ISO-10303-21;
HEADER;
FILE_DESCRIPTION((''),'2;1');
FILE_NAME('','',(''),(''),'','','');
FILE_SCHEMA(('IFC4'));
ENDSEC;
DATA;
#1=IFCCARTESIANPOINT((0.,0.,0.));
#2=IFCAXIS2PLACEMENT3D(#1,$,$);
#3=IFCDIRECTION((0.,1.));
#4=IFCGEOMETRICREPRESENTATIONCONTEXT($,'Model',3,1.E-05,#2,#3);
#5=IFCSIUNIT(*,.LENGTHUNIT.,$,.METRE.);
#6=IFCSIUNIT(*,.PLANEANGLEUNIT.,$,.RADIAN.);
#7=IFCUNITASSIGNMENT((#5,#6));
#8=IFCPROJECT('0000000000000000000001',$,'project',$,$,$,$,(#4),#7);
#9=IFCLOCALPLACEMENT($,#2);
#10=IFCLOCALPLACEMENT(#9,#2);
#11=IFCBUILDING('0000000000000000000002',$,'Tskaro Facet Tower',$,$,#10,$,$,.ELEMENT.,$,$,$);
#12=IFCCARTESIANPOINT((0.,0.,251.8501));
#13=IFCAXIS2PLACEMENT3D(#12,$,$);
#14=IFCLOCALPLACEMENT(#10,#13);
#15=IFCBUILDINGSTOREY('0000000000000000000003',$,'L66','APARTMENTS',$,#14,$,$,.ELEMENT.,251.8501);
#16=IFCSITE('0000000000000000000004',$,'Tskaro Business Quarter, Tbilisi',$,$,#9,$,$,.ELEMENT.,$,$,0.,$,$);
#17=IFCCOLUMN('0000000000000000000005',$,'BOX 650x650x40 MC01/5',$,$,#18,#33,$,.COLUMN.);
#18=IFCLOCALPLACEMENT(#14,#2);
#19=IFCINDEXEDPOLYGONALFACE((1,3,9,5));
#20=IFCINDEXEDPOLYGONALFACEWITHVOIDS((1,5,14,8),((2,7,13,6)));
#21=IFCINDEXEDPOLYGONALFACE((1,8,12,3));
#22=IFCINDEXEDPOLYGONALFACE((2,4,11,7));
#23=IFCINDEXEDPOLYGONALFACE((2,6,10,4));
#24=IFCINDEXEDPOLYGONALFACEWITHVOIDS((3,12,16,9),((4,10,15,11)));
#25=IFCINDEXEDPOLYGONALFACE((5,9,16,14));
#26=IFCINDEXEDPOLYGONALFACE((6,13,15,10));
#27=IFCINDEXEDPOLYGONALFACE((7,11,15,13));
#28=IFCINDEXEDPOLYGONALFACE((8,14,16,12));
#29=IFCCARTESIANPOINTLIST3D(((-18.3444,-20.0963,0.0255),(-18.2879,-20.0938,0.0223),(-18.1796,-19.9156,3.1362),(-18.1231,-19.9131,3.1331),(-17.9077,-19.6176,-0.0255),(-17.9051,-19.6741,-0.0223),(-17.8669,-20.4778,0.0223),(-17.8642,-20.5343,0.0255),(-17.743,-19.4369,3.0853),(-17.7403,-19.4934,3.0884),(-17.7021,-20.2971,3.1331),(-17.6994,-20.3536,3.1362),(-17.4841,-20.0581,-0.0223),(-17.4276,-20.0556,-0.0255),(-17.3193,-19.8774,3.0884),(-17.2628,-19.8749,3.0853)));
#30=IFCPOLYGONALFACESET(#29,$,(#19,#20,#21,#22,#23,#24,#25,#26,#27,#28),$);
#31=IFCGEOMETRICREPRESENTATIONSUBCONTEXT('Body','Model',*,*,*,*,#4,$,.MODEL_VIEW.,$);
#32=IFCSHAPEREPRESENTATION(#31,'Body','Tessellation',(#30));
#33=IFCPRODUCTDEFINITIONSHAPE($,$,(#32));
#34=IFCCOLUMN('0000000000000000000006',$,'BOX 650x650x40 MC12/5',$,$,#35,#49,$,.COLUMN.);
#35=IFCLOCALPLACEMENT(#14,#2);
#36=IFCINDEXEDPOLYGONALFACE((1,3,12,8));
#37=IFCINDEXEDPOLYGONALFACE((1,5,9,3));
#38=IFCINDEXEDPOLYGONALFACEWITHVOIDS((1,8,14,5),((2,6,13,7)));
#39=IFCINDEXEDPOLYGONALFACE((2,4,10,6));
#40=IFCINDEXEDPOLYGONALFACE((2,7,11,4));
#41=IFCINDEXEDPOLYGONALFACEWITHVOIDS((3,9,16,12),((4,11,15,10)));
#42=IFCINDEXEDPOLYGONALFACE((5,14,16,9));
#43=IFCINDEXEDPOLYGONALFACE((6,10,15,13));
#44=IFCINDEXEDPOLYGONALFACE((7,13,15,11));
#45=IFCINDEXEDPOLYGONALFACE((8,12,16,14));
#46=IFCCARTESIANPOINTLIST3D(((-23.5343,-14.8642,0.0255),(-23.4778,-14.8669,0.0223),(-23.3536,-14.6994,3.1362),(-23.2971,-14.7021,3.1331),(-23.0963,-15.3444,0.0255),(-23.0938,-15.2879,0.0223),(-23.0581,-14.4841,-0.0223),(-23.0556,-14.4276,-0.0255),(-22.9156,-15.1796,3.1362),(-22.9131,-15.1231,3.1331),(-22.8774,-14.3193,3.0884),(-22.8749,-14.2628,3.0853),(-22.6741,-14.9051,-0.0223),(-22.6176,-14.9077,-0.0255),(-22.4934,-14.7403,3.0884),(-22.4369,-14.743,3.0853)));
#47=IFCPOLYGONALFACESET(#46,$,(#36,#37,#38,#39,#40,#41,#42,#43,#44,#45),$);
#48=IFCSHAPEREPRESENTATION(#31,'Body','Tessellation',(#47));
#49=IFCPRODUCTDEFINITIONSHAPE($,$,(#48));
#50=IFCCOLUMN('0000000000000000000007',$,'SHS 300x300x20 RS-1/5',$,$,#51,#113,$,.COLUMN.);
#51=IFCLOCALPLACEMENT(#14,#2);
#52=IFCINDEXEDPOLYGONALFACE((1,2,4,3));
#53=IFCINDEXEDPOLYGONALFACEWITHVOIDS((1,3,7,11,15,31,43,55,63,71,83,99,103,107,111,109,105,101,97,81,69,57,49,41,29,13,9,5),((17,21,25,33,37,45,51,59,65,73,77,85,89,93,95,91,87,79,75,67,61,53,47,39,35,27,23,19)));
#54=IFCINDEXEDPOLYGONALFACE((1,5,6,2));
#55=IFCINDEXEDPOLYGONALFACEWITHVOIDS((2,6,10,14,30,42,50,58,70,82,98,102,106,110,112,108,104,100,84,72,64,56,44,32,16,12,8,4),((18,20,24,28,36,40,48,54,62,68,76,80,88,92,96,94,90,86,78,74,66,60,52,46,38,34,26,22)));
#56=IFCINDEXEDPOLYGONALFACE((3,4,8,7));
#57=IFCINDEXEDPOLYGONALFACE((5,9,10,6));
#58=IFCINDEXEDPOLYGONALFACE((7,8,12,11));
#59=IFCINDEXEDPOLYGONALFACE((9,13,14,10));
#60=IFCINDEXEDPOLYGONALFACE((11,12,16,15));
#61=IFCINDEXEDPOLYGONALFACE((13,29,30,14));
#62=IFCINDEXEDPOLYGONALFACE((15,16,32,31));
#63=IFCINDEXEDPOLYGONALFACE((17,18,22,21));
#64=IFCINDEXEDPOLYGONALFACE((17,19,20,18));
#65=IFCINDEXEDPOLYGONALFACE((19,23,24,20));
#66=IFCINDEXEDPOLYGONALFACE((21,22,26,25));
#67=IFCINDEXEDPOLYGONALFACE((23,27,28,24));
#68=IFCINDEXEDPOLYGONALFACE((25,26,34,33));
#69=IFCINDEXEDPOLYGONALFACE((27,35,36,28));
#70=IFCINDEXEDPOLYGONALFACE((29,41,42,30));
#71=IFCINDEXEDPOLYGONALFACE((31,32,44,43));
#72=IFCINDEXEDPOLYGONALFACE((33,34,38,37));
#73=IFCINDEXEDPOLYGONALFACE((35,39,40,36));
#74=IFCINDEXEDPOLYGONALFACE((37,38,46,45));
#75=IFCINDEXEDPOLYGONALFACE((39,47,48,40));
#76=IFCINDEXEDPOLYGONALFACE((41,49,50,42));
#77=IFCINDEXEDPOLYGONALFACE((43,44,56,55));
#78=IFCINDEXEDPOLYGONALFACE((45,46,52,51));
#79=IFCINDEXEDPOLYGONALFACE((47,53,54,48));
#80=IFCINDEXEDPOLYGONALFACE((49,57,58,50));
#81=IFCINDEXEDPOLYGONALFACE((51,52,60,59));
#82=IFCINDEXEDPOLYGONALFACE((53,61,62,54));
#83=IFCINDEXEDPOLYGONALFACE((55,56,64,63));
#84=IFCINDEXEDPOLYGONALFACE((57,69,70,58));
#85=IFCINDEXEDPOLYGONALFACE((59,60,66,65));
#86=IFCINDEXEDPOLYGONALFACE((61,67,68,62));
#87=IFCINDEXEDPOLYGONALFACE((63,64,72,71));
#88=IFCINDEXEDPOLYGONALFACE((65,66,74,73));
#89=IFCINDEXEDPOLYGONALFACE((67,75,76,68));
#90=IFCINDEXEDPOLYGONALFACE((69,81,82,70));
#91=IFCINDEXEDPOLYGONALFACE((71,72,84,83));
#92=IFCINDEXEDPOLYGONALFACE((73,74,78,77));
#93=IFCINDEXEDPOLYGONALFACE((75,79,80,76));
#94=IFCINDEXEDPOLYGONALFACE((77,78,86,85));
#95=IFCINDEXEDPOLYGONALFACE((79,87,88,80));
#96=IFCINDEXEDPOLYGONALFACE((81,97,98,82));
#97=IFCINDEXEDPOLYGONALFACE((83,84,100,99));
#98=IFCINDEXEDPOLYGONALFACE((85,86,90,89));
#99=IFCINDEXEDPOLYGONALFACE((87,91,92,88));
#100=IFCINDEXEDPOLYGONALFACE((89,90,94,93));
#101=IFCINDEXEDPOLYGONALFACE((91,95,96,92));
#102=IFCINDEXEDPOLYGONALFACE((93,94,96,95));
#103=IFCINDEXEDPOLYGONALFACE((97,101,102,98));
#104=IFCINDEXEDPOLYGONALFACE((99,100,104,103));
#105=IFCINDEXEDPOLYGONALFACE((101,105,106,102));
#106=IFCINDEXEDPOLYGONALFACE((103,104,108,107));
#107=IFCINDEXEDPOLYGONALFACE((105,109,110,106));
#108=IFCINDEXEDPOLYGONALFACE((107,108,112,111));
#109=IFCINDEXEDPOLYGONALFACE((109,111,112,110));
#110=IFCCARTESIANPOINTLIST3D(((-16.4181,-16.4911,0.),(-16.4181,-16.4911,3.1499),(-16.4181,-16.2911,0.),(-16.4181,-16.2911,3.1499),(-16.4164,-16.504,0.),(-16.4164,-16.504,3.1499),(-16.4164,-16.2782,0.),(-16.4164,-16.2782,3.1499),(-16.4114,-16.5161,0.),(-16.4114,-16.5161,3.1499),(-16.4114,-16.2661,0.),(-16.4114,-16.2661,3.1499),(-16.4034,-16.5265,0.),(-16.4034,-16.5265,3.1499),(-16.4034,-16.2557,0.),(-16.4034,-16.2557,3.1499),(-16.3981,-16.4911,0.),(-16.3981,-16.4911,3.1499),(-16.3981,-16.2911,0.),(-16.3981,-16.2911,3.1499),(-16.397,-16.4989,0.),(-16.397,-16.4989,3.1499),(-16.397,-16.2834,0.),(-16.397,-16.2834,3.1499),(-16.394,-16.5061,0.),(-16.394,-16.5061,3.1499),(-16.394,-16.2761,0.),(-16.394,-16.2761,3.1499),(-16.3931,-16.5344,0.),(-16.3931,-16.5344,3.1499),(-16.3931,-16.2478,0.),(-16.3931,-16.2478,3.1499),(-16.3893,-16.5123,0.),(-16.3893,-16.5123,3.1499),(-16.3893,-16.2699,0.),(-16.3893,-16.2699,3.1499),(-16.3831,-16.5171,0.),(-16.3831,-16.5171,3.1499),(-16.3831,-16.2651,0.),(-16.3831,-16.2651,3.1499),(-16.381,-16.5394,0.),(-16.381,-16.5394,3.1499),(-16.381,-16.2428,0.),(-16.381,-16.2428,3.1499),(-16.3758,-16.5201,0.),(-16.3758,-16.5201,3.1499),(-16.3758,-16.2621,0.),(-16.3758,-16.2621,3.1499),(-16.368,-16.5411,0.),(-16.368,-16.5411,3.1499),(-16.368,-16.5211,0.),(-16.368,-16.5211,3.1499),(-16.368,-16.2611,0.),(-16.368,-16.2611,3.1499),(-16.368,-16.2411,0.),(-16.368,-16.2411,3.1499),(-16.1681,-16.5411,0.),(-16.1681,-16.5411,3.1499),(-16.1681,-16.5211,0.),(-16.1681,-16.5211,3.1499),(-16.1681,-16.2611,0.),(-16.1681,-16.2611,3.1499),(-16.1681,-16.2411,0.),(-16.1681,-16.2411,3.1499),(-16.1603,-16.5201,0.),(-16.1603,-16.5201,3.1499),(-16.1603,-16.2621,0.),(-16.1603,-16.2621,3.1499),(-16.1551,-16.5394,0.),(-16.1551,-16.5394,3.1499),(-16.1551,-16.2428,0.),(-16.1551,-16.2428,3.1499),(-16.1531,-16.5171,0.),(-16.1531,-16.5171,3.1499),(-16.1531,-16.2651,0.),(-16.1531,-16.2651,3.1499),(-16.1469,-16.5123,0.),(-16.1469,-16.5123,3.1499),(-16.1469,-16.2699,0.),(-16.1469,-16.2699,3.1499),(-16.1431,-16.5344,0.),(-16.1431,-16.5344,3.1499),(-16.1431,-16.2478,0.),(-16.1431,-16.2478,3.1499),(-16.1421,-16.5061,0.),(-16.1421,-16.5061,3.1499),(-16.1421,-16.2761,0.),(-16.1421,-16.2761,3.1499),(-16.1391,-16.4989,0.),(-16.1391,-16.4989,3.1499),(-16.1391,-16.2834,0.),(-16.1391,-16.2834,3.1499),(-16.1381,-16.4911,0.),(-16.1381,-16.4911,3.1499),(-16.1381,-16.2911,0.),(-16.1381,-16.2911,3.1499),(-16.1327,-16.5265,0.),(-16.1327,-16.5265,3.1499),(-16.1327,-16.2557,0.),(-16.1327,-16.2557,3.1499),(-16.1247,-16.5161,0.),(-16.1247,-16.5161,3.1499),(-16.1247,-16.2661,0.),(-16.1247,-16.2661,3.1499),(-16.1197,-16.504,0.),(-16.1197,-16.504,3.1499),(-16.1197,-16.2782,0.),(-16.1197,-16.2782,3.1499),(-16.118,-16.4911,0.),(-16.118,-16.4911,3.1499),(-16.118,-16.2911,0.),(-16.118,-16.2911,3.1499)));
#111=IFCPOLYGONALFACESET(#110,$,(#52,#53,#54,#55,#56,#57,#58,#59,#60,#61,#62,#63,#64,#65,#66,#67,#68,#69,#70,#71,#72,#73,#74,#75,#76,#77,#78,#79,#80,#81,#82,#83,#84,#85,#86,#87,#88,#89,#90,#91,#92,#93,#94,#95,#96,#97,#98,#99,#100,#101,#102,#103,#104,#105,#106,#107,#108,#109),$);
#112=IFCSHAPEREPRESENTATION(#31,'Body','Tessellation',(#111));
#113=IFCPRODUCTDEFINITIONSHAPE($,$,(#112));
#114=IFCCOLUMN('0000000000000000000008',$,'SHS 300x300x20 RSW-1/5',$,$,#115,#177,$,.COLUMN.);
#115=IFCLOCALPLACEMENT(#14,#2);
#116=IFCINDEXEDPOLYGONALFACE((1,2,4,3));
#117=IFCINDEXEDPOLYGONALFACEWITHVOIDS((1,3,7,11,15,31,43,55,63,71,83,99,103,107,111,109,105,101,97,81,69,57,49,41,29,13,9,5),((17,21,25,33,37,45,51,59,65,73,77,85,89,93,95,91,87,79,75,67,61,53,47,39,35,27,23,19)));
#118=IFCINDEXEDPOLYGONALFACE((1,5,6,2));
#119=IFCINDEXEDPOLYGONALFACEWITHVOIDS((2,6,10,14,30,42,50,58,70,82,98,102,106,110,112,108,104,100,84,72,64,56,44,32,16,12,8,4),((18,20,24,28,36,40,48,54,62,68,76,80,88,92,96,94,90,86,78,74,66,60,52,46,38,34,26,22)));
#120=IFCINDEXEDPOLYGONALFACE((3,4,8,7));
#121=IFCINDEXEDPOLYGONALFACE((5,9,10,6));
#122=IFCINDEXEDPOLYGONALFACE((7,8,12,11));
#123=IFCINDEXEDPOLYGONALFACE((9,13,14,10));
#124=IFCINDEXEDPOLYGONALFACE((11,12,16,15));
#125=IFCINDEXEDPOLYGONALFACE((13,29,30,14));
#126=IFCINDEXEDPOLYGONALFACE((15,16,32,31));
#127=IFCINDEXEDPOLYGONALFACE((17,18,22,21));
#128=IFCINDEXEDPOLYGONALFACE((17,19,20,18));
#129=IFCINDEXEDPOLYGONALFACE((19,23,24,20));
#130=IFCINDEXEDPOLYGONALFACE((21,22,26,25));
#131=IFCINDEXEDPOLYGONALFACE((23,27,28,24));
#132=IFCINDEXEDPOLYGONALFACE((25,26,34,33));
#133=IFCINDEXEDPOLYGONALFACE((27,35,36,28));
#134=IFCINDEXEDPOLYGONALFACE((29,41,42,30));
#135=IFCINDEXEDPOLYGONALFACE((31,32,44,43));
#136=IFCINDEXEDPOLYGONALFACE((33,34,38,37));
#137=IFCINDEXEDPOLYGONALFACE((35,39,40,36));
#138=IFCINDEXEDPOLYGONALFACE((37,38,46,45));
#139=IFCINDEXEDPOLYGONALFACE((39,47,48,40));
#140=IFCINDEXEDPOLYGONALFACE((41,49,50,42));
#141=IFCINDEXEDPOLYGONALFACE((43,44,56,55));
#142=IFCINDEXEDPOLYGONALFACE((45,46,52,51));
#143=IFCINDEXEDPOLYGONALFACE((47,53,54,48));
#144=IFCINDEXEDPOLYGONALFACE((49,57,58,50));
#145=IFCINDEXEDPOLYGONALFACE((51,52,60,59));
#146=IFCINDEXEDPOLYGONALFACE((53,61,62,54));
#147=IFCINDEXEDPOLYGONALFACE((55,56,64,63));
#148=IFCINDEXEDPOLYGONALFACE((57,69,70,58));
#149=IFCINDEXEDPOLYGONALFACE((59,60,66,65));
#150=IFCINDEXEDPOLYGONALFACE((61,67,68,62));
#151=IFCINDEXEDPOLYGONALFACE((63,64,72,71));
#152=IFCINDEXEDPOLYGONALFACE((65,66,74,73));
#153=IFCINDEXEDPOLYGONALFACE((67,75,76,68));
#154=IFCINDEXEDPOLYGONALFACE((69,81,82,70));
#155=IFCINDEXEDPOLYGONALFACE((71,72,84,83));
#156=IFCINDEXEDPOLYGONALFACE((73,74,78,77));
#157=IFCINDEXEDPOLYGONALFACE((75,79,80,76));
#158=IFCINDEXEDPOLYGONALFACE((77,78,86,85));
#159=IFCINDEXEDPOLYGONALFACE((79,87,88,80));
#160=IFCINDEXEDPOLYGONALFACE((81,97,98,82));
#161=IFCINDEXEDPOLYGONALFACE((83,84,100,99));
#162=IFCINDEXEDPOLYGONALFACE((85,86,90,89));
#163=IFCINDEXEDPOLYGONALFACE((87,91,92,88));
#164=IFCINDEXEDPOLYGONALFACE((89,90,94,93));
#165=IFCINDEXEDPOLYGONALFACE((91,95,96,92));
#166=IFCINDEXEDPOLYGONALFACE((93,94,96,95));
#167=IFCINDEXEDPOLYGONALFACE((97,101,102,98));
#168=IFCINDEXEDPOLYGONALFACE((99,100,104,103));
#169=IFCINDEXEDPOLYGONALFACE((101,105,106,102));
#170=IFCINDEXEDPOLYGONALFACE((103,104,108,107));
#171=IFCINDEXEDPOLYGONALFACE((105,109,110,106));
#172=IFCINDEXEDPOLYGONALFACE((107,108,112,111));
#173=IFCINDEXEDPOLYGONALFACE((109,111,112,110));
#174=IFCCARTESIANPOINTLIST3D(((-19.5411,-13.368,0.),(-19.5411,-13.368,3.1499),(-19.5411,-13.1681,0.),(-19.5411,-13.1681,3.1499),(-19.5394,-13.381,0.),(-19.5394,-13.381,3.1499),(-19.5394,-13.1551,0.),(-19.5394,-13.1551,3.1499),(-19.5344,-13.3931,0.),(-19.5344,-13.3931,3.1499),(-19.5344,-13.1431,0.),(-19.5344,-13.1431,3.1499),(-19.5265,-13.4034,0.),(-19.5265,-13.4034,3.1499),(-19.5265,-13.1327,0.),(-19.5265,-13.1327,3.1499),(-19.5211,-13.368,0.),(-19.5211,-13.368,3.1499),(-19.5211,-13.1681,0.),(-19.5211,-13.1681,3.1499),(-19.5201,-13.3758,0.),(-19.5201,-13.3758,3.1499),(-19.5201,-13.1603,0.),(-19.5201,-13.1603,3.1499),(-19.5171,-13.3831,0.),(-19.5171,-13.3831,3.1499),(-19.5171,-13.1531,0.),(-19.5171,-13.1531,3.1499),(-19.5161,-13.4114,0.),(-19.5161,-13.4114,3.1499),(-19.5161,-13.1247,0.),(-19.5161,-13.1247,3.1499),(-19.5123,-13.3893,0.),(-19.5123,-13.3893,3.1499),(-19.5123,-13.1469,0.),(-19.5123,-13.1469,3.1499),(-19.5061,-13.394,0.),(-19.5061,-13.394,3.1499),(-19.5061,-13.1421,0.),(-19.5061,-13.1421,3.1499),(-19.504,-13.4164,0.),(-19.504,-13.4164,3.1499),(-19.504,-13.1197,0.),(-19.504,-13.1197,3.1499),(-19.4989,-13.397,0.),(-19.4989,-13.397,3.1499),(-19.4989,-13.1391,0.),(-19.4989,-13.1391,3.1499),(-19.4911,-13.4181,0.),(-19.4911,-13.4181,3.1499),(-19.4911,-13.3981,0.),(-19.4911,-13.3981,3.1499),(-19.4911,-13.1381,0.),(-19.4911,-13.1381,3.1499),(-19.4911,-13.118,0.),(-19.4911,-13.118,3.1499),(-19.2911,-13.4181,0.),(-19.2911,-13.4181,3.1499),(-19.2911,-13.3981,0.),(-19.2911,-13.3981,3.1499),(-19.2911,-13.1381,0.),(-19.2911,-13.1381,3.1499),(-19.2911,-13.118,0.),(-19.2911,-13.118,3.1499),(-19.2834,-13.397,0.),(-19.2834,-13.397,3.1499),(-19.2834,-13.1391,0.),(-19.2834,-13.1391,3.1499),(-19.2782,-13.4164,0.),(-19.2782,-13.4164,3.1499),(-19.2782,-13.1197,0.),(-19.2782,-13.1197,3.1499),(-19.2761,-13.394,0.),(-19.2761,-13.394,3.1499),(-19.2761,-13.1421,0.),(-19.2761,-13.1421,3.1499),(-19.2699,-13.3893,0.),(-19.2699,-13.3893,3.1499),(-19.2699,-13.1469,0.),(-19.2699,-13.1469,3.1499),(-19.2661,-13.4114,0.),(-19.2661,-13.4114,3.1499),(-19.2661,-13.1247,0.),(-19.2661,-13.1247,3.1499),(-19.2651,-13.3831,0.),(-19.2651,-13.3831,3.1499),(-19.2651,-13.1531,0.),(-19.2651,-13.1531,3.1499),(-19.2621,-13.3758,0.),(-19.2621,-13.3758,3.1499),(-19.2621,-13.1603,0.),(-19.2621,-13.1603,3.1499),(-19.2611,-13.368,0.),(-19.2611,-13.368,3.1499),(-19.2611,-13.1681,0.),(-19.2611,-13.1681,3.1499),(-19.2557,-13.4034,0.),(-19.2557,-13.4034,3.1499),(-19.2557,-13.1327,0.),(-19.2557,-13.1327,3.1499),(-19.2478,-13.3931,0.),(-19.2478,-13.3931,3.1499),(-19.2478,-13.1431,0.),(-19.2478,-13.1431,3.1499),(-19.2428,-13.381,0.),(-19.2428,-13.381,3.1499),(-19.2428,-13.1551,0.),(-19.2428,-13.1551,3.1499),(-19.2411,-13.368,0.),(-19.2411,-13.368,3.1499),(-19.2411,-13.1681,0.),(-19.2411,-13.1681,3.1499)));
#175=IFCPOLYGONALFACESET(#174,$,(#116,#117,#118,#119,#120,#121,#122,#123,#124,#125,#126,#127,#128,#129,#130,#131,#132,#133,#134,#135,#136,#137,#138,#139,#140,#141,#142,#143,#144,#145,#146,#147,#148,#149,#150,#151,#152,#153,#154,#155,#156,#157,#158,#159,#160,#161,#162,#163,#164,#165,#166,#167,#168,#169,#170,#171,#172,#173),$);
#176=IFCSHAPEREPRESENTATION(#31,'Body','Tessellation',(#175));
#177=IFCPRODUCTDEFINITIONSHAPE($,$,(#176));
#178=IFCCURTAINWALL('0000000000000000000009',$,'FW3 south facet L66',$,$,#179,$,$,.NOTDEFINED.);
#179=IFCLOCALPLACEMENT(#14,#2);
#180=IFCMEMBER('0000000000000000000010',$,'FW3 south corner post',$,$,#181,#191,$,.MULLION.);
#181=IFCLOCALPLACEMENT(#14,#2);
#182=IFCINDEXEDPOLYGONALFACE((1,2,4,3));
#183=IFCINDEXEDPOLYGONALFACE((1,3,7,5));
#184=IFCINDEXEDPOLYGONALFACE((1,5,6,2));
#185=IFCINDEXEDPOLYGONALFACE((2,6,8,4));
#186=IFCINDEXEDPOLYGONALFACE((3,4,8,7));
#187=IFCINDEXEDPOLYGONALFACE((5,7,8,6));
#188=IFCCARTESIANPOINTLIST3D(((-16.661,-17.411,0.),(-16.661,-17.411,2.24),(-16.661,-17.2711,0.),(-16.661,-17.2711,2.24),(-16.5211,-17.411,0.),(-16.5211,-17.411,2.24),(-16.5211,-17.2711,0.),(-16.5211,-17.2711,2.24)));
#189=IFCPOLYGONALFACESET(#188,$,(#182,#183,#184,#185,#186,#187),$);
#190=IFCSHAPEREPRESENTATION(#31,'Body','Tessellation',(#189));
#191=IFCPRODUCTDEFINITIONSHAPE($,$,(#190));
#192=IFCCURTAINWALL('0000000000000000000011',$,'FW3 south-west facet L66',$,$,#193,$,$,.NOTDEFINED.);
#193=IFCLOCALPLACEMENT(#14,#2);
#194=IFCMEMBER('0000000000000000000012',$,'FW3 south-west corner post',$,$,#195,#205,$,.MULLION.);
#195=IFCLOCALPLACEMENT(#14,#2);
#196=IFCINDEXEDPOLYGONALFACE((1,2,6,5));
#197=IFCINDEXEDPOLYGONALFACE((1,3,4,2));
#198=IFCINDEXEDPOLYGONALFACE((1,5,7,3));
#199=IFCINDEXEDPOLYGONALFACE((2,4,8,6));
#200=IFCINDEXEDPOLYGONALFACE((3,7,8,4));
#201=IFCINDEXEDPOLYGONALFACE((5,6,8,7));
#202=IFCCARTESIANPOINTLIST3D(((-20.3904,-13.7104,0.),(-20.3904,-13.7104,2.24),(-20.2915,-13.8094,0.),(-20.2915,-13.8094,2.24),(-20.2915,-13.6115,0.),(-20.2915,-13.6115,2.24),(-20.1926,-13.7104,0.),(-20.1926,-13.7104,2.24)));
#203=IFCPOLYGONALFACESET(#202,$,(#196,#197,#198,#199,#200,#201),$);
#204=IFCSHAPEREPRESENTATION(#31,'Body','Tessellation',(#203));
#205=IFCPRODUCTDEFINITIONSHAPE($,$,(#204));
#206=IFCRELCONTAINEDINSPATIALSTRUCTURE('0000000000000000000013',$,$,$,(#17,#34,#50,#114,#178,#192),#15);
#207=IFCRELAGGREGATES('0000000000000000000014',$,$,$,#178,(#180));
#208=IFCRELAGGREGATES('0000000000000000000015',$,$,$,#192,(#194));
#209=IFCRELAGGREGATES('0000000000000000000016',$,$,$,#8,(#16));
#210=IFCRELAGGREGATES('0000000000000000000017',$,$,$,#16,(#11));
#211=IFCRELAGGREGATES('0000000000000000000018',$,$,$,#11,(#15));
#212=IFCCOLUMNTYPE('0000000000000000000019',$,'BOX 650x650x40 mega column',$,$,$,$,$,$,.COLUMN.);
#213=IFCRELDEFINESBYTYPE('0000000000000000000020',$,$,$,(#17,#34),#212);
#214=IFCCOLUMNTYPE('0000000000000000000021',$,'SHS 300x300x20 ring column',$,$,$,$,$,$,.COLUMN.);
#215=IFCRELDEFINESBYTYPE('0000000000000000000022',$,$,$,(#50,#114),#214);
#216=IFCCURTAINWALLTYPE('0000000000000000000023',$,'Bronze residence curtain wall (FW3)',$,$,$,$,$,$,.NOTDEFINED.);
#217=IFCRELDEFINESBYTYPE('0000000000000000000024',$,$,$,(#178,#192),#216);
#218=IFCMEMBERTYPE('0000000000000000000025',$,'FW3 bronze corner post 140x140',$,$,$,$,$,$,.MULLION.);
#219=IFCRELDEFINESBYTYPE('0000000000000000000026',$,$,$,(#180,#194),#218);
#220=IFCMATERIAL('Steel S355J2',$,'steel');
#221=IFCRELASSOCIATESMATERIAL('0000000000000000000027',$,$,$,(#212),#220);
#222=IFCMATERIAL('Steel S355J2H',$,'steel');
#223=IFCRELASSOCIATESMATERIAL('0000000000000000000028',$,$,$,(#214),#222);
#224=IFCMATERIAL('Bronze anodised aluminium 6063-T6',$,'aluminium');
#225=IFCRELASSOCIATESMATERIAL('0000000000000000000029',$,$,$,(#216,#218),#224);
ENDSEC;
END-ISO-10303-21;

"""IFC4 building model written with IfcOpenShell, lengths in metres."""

from ifc_helpers import new_model, si_unit, direction, frame, origin, origin_2d, place, context, subcontext, project, spatial, rectangle, hollow_rectangle, extrude, material, material_profile, profile_set, type_object, element, aggregate, save


model = new_model("IFC4")

# Units and contexts
model_context = context("Model", 3, precision=1e-05, world=origin(), true_north=direction((0.0, 1.0)))
body_context = subcontext(model_context, "Body", "Model", "MODEL_VIEW")
ifc_project = project(units=[si_unit("LENGTHUNIT", "METRE"), si_unit("PLANEANGLEUNIT", "RADIAN")], contexts=[model_context])

# Site, building, storey
site_placement = place(None, origin())
site = spatial("IfcSite", under=ifc_project, at=site_placement, Name="Tskaro Business Quarter, Tbilisi", CompositionType="ELEMENT", RefElevation=0.0)
building_placement = place(site_placement, origin())
building = spatial("IfcBuilding", under=site, at=building_placement, Name="Tskaro Facet Tower", CompositionType="ELEMENT")
storey_placement = place(building_placement, frame((0.0, 0.0, 251.8501)))
storey = spatial("IfcBuildingStorey", under=building, at=storey_placement, Name="L66", Description="APARTMENTS", CompositionType="ELEMENT", Elevation=251.8501)

# Columns
ifc_material_1 = material(Name="Steel S355J2", Category="steel")
ifc_material_profile_1 = material_profile(ifc_material_1, hollow_rectangle(XDim=0.6499, YDim=0.6499, WallThickness=0.04, at=origin_2d()), Name="BOX 650x650x40")
ifc_profile_set_1 = profile_set([ifc_material_profile_1], Name="Steel S355J2")
column_type_1 = type_object("IfcColumnType", Name="BOX 650x650x40 mega column", PredefinedType="COLUMN", material=ifc_profile_set_1)
for number, where, z_axis, x_axis, name in (
    (1, (-17.886, -20.0759, 0.0), (0.052812, 0.057897, 0.996925), (-0.73881, 0.673914, 0.0), "BOX 650x650x40 MC01/5"),
    (2, (-23.0759, -14.886, 0.0), (0.057897, 0.052812, 0.996925), (-0.673914, 0.73881, 0.0), "BOX 650x650x40 MC12/5"),
):
    element("IfcColumn", number, at=place(storey_placement, frame(where, z_axis=z_axis, x_axis=x_axis)), inside=storey, type_object=column_type_1, Name=name, PredefinedType="COLUMN", context=body_context, shape_type="SweptSolid", body=[
        extrude(hollow_rectangle(XDim=0.6499, YDim=0.6499, WallThickness=0.04, at=origin_2d()), origin(), (0.0, 0.0, 1.0), 3.1204),
    ])
ifc_material_2 = material(Name="Steel S355J2H", Category="steel")
ifc_material_profile_2 = material_profile(ifc_material_2, hollow_rectangle(XDim=0.3, YDim=0.3, WallThickness=0.02, InnerFilletRadius=0.03, OuterFilletRadius=0.05, at=origin_2d()), Name="SHS 300x300x20")
ifc_profile_set_2 = profile_set([ifc_material_profile_2], Name="Steel S355J2H")
column_type_2 = type_object("IfcColumnType", Name="SHS 300x300x20 ring column", PredefinedType="COLUMN", material=ifc_profile_set_2)
for number, where, z_axis, x_axis, name in (
    (3, (-16.2681, -16.3911, 0.0), (0.0, 0.0, 1.0), (1.0, 0.0, 0.0), "SHS 300x300x20 RS-1/5"),
    (4, (-19.3911, -13.2681, 0.0), (0.0, 0.0, 1.0), (1.0, 0.0, 0.0), "SHS 300x300x20 RSW-1/5"),
):
    element("IfcColumn", number, at=place(storey_placement, frame(where, z_axis=z_axis, x_axis=x_axis)), inside=storey, type_object=column_type_2, Name=name, PredefinedType="COLUMN", context=body_context, shape_type="SweptSolid", body=[
        extrude(hollow_rectangle(XDim=0.3, YDim=0.3, WallThickness=0.02, InnerFilletRadius=0.03, OuterFilletRadius=0.05, at=origin_2d()), origin(), (0.0, 0.0, 1.0), 3.1499),
    ])

# Curtain walls, members
ifc_material_3 = material(Name="Bronze anodised aluminium 6063-T6", Category="aluminium")
curtain_wall_type = type_object("IfcCurtainWallType", Name="Bronze residence curtain wall (FW3)", PredefinedType="NOTDEFINED", material=ifc_material_3)
curtain_wall_1_placement = place(storey_placement, origin())
curtain_wall_1 = element("IfcCurtainWall", 5, at=curtain_wall_1_placement, inside=storey, type_object=curtain_wall_type, Name="FW3 south facet L66", PredefinedType="NOTDEFINED")
ifc_material_profile_3 = material_profile(ifc_material_3, rectangle(XDim=0.1399, YDim=0.1399, at=origin_2d()), Name="Corner post 140x140")
ifc_profile_set_3 = profile_set([ifc_material_profile_3], Name="Bronze anodised aluminium 6063-T6")
member_type_1 = type_object("IfcMemberType", Name="FW3 bronze corner post 140x140", PredefinedType="MULLION", material=ifc_profile_set_3)
member_1_placement = place(storey_placement, frame((-16.5911, -17.3411, 0.0), z_axis=(0.0, 0.0, 1.0), x_axis=(1.0, 0.0, 0.0)))
member_1 = element("IfcMember", 6, at=member_1_placement, type_object=member_type_1, Name="FW3 south corner post", PredefinedType="MULLION", context=body_context, shape_type="SweptSolid", body=[
    extrude(rectangle(XDim=0.1399, YDim=0.1399, at=origin_2d()), origin(), (0.0, 0.0, 1.0), 2.24),
])
curtain_wall_2_placement = place(storey_placement, origin())
curtain_wall_2 = element("IfcCurtainWall", 7, at=curtain_wall_2_placement, inside=storey, type_object=curtain_wall_type, Name="FW3 south-west facet L66", PredefinedType="NOTDEFINED")
member_2_placement = place(storey_placement, frame((-20.2915, -13.7104, 0.0), z_axis=(0.0, 0.0, 1.0), x_axis=(0.707107, -0.707107, 0.0)))
member_2 = element("IfcMember", 8, at=member_2_placement, type_object=member_type_1, Name="FW3 south-west corner post", PredefinedType="MULLION", context=body_context, shape_type="SweptSolid", body=[
    extrude(rectangle(XDim=0.1399, YDim=0.1399, at=origin_2d()), origin(), (0.0, 0.0, 1.0), 2.24),
])

aggregate(curtain_wall_1, [member_1])
aggregate(curtain_wall_2, [member_2])

save(model, "model.ifc")
